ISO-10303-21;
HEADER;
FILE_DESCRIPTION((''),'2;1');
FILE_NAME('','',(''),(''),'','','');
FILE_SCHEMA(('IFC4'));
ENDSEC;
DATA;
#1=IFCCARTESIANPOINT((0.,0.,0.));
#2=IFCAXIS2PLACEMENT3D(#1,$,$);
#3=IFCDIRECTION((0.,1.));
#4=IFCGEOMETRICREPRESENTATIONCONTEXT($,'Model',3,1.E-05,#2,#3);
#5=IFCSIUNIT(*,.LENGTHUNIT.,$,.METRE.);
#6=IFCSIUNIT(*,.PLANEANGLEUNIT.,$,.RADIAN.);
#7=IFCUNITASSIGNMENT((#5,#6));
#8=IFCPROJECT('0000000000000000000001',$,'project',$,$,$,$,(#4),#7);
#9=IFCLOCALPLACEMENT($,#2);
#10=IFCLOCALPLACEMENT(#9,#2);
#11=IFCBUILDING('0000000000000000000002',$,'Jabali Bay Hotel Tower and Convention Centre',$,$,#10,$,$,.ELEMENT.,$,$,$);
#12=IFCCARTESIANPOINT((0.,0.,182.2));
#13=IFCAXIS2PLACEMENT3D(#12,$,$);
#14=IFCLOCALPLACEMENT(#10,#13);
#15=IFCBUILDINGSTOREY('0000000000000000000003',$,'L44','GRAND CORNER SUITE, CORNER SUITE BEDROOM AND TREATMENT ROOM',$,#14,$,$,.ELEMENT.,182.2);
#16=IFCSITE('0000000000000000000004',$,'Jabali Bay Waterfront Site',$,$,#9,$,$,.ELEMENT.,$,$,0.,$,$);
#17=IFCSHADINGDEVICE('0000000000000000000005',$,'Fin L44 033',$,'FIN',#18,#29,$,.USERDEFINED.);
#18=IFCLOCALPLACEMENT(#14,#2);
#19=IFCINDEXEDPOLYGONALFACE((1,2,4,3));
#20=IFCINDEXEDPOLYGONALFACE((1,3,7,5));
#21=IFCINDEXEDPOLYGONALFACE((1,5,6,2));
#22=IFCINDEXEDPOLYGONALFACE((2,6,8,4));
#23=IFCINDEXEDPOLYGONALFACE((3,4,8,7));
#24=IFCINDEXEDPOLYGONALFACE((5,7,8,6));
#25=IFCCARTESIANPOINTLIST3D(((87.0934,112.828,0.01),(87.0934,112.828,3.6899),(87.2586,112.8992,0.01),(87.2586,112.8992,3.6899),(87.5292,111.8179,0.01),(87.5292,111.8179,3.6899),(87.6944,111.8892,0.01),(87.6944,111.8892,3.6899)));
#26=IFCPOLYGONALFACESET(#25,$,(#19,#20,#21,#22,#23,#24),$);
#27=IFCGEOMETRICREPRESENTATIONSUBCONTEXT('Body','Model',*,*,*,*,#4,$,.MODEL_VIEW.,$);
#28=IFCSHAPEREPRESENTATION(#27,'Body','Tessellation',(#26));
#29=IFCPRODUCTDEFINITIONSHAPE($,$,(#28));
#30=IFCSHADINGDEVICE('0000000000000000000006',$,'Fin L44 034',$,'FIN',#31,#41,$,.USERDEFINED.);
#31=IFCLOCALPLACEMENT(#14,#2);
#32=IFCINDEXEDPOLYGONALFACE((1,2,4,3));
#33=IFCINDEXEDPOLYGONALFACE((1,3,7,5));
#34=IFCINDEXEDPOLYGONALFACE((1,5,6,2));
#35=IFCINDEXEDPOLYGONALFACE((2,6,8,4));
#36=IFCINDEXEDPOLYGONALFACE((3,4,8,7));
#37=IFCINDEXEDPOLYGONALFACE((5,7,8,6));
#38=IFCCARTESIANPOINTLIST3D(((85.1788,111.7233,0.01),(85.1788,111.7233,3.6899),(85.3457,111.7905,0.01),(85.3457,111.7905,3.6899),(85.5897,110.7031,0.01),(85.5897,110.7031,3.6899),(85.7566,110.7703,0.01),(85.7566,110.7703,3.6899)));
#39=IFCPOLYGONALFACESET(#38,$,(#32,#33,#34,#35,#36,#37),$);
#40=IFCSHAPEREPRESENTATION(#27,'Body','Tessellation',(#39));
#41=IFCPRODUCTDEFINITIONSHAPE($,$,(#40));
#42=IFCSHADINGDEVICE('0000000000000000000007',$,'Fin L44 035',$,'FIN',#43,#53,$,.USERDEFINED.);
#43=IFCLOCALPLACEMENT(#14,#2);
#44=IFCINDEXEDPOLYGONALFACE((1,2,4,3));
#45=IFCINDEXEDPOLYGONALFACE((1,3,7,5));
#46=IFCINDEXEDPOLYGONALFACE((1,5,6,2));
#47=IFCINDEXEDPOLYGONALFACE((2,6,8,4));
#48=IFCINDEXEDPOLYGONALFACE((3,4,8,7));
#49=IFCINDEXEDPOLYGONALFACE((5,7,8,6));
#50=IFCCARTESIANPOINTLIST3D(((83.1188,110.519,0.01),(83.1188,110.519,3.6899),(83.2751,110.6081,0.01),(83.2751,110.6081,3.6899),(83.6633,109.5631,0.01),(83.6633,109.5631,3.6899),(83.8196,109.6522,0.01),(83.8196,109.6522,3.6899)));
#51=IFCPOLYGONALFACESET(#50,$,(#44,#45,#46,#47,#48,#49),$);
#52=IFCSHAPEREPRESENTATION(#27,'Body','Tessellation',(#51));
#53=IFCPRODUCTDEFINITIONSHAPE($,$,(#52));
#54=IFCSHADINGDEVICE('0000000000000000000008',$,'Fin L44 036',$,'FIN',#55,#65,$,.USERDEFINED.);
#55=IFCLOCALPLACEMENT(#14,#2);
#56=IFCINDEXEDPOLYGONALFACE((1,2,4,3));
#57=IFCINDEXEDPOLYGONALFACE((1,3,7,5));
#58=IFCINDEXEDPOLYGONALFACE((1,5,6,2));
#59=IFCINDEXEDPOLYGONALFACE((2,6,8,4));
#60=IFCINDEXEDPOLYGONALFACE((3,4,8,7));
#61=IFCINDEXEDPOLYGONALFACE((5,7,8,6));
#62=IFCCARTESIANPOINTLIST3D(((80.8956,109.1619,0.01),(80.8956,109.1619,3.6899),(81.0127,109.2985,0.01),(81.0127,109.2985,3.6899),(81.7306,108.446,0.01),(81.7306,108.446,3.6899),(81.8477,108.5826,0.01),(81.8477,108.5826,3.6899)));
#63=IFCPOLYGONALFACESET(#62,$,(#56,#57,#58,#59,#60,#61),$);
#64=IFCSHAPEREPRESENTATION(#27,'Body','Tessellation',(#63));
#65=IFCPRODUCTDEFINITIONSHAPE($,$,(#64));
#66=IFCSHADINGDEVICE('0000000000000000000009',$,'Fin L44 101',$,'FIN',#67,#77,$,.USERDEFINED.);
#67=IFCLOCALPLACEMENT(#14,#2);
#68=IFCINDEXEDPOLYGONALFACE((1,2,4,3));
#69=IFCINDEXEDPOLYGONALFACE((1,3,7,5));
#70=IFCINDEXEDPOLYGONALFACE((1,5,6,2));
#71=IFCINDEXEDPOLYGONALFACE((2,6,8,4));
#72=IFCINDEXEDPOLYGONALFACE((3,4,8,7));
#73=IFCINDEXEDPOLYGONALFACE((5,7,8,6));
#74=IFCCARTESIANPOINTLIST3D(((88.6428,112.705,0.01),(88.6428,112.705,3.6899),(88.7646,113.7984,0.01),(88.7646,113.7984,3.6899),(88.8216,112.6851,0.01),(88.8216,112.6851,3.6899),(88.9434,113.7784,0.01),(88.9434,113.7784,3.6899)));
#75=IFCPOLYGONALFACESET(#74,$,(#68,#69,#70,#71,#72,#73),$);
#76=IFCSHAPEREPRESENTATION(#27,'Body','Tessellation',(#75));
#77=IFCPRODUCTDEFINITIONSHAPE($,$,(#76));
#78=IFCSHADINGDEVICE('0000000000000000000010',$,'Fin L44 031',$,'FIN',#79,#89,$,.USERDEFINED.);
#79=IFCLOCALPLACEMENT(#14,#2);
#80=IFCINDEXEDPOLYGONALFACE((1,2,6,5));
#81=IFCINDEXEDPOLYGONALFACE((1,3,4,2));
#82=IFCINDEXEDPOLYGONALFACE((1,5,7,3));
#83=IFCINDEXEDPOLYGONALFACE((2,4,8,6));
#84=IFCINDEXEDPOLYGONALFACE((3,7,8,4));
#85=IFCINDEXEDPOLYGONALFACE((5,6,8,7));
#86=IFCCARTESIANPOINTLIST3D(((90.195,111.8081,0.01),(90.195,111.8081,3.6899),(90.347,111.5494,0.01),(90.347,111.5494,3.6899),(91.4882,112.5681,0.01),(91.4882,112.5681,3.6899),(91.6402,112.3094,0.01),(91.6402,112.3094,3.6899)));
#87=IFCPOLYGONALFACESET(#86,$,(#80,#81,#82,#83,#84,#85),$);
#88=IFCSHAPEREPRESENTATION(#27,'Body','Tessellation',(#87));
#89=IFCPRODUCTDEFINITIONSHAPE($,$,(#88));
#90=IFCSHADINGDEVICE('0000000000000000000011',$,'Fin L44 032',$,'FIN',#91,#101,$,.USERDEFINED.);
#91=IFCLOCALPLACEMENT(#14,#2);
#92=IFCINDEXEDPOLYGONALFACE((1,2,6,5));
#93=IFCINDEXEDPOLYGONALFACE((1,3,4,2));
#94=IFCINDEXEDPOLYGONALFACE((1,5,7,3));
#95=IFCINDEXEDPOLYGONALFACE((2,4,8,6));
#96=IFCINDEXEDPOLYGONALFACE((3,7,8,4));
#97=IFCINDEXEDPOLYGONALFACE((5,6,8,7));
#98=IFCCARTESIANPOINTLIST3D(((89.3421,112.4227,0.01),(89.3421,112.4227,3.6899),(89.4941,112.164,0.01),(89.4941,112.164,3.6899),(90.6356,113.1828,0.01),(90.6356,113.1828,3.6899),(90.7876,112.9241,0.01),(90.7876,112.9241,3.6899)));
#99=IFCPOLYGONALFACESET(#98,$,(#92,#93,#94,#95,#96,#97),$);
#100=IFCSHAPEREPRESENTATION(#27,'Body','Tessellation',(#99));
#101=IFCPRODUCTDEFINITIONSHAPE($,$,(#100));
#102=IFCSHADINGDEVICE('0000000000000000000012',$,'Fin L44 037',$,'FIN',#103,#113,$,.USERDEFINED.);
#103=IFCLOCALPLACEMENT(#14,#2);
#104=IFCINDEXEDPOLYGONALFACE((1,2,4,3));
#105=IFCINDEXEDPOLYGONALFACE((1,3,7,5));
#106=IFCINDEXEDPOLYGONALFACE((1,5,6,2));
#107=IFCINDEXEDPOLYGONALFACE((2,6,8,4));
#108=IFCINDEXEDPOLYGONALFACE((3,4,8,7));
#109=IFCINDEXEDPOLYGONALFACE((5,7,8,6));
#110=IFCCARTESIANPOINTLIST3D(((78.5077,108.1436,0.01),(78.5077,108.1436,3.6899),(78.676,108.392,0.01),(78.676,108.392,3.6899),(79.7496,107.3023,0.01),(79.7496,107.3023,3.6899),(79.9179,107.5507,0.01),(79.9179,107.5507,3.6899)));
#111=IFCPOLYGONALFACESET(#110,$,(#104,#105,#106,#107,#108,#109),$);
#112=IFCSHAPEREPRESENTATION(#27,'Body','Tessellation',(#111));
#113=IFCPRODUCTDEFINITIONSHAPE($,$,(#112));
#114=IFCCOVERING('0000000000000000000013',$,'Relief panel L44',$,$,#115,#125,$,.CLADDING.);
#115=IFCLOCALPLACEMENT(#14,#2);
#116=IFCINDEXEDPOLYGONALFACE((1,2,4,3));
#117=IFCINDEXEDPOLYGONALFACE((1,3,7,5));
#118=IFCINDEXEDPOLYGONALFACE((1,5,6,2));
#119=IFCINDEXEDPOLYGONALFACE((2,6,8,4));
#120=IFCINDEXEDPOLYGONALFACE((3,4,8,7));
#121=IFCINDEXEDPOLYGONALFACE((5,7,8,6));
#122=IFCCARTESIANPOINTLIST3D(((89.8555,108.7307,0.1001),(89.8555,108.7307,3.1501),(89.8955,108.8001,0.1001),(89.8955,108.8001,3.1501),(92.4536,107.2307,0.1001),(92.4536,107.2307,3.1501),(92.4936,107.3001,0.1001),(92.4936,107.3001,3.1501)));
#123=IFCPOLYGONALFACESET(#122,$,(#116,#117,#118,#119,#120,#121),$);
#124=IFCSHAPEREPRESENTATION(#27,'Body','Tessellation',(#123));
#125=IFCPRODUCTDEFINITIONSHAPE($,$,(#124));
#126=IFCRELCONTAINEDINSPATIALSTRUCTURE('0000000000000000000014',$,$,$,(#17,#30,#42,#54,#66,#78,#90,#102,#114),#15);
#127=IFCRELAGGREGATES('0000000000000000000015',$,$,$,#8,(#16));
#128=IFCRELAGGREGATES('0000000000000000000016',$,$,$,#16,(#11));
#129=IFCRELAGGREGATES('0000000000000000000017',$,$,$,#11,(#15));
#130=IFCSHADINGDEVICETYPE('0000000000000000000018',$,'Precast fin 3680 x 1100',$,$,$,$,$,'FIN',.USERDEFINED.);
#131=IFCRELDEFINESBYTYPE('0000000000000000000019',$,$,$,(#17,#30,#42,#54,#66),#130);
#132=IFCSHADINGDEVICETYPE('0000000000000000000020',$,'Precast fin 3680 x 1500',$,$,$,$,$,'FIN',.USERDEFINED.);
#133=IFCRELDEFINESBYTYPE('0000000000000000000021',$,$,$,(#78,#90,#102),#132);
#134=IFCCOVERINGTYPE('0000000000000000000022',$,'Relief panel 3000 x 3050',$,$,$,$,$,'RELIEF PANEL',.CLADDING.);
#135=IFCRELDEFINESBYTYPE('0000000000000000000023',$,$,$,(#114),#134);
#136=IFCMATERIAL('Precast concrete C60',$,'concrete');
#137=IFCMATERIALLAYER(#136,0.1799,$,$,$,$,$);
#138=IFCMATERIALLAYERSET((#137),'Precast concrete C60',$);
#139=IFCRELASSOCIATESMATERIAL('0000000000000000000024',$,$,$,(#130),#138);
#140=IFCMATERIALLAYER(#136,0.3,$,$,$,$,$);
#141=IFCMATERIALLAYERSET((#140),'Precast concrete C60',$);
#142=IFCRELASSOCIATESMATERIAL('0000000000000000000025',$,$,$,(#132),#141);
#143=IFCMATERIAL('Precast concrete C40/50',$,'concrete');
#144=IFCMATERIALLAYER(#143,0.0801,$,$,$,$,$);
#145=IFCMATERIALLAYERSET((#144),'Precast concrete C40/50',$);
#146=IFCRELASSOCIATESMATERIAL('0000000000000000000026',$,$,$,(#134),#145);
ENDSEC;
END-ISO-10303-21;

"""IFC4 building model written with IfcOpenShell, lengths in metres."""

from ifc_helpers import new_model, si_unit, direction, frame, frame_2d, origin, origin_2d, place, context, subcontext, project, spatial, rectangle, extrude, material, layer, layer_set, type_object, element, save


model = new_model("IFC4")

# Units and contexts
model_context = context("Model", 3, precision=1e-05, world=origin(), true_north=direction((0.0, 1.0)))
body_context = subcontext(model_context, "Body", "Model", "MODEL_VIEW")
ifc_project = project(units=[si_unit("LENGTHUNIT", "METRE"), si_unit("PLANEANGLEUNIT", "RADIAN")], contexts=[model_context])

# Site, building, storey
site_placement = place(None, origin())
site = spatial("IfcSite", under=ifc_project, at=site_placement, Name="Jabali Bay Waterfront Site", CompositionType="ELEMENT", RefElevation=0.0)
building_placement = place(site_placement, origin())
building = spatial("IfcBuilding", under=site, at=building_placement, Name="Jabali Bay Hotel Tower and Convention Centre", CompositionType="ELEMENT")
storey_placement = place(building_placement, frame((0.0, 0.0, 182.2)))
storey = spatial("IfcBuildingStorey", under=building, at=storey_placement, Name="L44", Description="GRAND CORNER SUITE, CORNER SUITE BEDROOM AND TREATMENT ROOM", CompositionType="ELEMENT", Elevation=182.2)

# Shading devices
ifc_material_1 = material(Name="Precast concrete C60", Category="concrete")
ifc_layer_1 = layer(ifc_material_1, 0.1799)
ifc_layer_set_1 = layer_set([ifc_layer_1], Name="Precast concrete C60")
shading_device_type_1 = type_object("IfcShadingDeviceType", Name="Precast fin 3680 x 1100", ElementType="FIN", PredefinedType="USERDEFINED", material=ifc_layer_set_1)
shading_device_1_placement = place(storey_placement, frame((87.6118, 111.8535, 0.01), z_axis=(0.0, 0.0, 1.0), x_axis=(-0.396168, 0.918178, 0.0)))
element("IfcShadingDevice", 1, at=shading_device_1_placement, inside=storey, type_object=shading_device_type_1, Name="Fin L44 033", ObjectType="FIN", PredefinedType="USERDEFINED", context=body_context, shape_type="SweptSolid", body=[
    extrude(rectangle(XDim=1.1001, YDim=0.1799, at=frame_2d((0.55, 0.0))), origin(), (0.0, 0.0, 1.0), 3.6799),
])
shading_device_2_placement = place(storey_placement, frame((85.6731, 110.7368, 0.01), z_axis=(0.0, 0.0, 1.0), x_axis=(-0.373571, 0.927602, 0.0)))
element("IfcShadingDevice", 2, at=shading_device_2_placement, inside=storey, type_object=shading_device_type_1, Name="Fin L44 034", ObjectType="FIN", PredefinedType="USERDEFINED", context=body_context, shape_type="SweptSolid", body=[
    extrude(rectangle(XDim=1.0999, YDim=0.1799, at=frame_2d((0.5498, 0.0))), origin(), (0.0, 0.0, 1.0), 3.6799),
])
shading_device_3_placement = place(storey_placement, frame((83.7415, 109.6077, 0.01), z_axis=(0.0, 0.0, 1.0), x_axis=(-0.494943, 0.868925, 0.0)))
element("IfcShadingDevice", 3, at=shading_device_3_placement, inside=storey, type_object=shading_device_type_1, Name="Fin L44 035", ObjectType="FIN", PredefinedType="USERDEFINED", context=body_context, shape_type="SweptSolid", body=[
    extrude(rectangle(XDim=1.1001, YDim=0.1799, at=frame_2d((0.55, 0.0))), origin(), (0.0, 0.0, 1.0), 3.6799),
])
shading_device_4_placement = place(storey_placement, frame((81.7891, 108.5144, 0.01), z_axis=(0.0, 0.0, 1.0), x_axis=(-0.759194, 0.650864, 0.0)))
element("IfcShadingDevice", 4, at=shading_device_4_placement, inside=storey, type_object=shading_device_type_1, Name="Fin L44 036", ObjectType="FIN", PredefinedType="USERDEFINED", context=body_context, shape_type="SweptSolid", body=[
    extrude(rectangle(XDim=1.0999, YDim=0.1799, at=frame_2d((0.5498, 0.0))), origin(), (0.0, 0.0, 1.0), 3.6799),
])
shading_device_5_placement = place(storey_placement, frame((88.7322, 112.6951, 0.01), z_axis=(0.0, 0.0, 1.0), x_axis=(0.110748, 0.993848, 0.0)))
element("IfcShadingDevice", 5, at=shading_device_5_placement, inside=storey, type_object=shading_device_type_1, Name="Fin L44 101", ObjectType="FIN", PredefinedType="USERDEFINED", context=body_context, shape_type="SweptSolid", body=[
    extrude(rectangle(XDim=1.1001, YDim=0.1799, at=frame_2d((0.55, 0.0))), origin(), (0.0, 0.0, 1.0), 3.6799),
])
ifc_layer_2 = layer(ifc_material_1, 0.3)
ifc_layer_set_2 = layer_set([ifc_layer_2], Name="Precast concrete C60")
shading_device_type_2 = type_object("IfcShadingDeviceType", Name="Precast fin 3680 x 1500", ElementType="FIN", PredefinedType="USERDEFINED", material=ifc_layer_set_2)
shading_device_6_placement = place(storey_placement, frame((90.271, 111.6787, 0.01), z_axis=(0.0, 0.0, 1.0), x_axis=(0.862139, 0.506672, 0.0)))
element("IfcShadingDevice", 6, at=shading_device_6_placement, inside=storey, type_object=shading_device_type_2, Name="Fin L44 031", ObjectType="FIN", PredefinedType="USERDEFINED", context=body_context, shape_type="SweptSolid", body=[
    extrude(rectangle(XDim=1.5, YDim=0.3, at=frame_2d((0.75, 0.0))), origin(), (0.0, 0.0, 1.0), 3.6799),
])
shading_device_7_placement = place(storey_placement, frame((89.4182, 112.2935, 0.01), z_axis=(0.0, 0.0, 1.0), x_axis=(0.862181, 0.5066, 0.0)))
element("IfcShadingDevice", 7, at=shading_device_7_placement, inside=storey, type_object=shading_device_type_2, Name="Fin L44 032", ObjectType="FIN", PredefinedType="USERDEFINED", context=body_context, shape_type="SweptSolid", body=[
    extrude(rectangle(XDim=1.5002, YDim=0.3, at=frame_2d((0.75, 0.0))), origin(), (0.0, 0.0, 1.0), 3.6799),
])
shading_device_8_placement = place(storey_placement, frame((79.8337, 107.4265, 0.01), z_axis=(0.0, 0.0, 1.0), x_axis=(-0.827921, 0.560845, 0.0)))
element("IfcShadingDevice", 8, at=shading_device_8_placement, inside=storey, type_object=shading_device_type_2, Name="Fin L44 037", ObjectType="FIN", PredefinedType="USERDEFINED", context=body_context, shape_type="SweptSolid", body=[
    extrude(rectangle(XDim=1.5, YDim=0.3, at=frame_2d((0.75, 0.0))), origin(), (0.0, 0.0, 1.0), 3.6799),
])

# Covering
ifc_material_2 = material(Name="Precast concrete C40/50", Category="concrete")
ifc_layer_3 = layer(ifc_material_2, 0.0801)
ifc_layer_set_3 = layer_set([ifc_layer_3], Name="Precast concrete C40/50")
covering_type = type_object("IfcCoveringType", Name="Relief panel 3000 x 3050", ElementType="RELIEF PANEL", PredefinedType="CLADDING", material=ifc_layer_set_3)
covering_placement = place(storey_placement, frame((91.1746, 108.0154, 0.1001), z_axis=(0.0, 0.0, 1.0), x_axis=(0.866025, -0.5, 0.0)))
element("IfcCovering", 9, at=covering_placement, inside=storey, type_object=covering_type, Name="Relief panel L44", PredefinedType="CLADDING", context=body_context, shape_type="SweptSolid", body=[
    extrude(rectangle(XDim=3.0, YDim=0.0801, at=origin_2d()), origin(), (0.0, 0.0, 1.0), 3.05),
])

save(model, "model.ifc")
